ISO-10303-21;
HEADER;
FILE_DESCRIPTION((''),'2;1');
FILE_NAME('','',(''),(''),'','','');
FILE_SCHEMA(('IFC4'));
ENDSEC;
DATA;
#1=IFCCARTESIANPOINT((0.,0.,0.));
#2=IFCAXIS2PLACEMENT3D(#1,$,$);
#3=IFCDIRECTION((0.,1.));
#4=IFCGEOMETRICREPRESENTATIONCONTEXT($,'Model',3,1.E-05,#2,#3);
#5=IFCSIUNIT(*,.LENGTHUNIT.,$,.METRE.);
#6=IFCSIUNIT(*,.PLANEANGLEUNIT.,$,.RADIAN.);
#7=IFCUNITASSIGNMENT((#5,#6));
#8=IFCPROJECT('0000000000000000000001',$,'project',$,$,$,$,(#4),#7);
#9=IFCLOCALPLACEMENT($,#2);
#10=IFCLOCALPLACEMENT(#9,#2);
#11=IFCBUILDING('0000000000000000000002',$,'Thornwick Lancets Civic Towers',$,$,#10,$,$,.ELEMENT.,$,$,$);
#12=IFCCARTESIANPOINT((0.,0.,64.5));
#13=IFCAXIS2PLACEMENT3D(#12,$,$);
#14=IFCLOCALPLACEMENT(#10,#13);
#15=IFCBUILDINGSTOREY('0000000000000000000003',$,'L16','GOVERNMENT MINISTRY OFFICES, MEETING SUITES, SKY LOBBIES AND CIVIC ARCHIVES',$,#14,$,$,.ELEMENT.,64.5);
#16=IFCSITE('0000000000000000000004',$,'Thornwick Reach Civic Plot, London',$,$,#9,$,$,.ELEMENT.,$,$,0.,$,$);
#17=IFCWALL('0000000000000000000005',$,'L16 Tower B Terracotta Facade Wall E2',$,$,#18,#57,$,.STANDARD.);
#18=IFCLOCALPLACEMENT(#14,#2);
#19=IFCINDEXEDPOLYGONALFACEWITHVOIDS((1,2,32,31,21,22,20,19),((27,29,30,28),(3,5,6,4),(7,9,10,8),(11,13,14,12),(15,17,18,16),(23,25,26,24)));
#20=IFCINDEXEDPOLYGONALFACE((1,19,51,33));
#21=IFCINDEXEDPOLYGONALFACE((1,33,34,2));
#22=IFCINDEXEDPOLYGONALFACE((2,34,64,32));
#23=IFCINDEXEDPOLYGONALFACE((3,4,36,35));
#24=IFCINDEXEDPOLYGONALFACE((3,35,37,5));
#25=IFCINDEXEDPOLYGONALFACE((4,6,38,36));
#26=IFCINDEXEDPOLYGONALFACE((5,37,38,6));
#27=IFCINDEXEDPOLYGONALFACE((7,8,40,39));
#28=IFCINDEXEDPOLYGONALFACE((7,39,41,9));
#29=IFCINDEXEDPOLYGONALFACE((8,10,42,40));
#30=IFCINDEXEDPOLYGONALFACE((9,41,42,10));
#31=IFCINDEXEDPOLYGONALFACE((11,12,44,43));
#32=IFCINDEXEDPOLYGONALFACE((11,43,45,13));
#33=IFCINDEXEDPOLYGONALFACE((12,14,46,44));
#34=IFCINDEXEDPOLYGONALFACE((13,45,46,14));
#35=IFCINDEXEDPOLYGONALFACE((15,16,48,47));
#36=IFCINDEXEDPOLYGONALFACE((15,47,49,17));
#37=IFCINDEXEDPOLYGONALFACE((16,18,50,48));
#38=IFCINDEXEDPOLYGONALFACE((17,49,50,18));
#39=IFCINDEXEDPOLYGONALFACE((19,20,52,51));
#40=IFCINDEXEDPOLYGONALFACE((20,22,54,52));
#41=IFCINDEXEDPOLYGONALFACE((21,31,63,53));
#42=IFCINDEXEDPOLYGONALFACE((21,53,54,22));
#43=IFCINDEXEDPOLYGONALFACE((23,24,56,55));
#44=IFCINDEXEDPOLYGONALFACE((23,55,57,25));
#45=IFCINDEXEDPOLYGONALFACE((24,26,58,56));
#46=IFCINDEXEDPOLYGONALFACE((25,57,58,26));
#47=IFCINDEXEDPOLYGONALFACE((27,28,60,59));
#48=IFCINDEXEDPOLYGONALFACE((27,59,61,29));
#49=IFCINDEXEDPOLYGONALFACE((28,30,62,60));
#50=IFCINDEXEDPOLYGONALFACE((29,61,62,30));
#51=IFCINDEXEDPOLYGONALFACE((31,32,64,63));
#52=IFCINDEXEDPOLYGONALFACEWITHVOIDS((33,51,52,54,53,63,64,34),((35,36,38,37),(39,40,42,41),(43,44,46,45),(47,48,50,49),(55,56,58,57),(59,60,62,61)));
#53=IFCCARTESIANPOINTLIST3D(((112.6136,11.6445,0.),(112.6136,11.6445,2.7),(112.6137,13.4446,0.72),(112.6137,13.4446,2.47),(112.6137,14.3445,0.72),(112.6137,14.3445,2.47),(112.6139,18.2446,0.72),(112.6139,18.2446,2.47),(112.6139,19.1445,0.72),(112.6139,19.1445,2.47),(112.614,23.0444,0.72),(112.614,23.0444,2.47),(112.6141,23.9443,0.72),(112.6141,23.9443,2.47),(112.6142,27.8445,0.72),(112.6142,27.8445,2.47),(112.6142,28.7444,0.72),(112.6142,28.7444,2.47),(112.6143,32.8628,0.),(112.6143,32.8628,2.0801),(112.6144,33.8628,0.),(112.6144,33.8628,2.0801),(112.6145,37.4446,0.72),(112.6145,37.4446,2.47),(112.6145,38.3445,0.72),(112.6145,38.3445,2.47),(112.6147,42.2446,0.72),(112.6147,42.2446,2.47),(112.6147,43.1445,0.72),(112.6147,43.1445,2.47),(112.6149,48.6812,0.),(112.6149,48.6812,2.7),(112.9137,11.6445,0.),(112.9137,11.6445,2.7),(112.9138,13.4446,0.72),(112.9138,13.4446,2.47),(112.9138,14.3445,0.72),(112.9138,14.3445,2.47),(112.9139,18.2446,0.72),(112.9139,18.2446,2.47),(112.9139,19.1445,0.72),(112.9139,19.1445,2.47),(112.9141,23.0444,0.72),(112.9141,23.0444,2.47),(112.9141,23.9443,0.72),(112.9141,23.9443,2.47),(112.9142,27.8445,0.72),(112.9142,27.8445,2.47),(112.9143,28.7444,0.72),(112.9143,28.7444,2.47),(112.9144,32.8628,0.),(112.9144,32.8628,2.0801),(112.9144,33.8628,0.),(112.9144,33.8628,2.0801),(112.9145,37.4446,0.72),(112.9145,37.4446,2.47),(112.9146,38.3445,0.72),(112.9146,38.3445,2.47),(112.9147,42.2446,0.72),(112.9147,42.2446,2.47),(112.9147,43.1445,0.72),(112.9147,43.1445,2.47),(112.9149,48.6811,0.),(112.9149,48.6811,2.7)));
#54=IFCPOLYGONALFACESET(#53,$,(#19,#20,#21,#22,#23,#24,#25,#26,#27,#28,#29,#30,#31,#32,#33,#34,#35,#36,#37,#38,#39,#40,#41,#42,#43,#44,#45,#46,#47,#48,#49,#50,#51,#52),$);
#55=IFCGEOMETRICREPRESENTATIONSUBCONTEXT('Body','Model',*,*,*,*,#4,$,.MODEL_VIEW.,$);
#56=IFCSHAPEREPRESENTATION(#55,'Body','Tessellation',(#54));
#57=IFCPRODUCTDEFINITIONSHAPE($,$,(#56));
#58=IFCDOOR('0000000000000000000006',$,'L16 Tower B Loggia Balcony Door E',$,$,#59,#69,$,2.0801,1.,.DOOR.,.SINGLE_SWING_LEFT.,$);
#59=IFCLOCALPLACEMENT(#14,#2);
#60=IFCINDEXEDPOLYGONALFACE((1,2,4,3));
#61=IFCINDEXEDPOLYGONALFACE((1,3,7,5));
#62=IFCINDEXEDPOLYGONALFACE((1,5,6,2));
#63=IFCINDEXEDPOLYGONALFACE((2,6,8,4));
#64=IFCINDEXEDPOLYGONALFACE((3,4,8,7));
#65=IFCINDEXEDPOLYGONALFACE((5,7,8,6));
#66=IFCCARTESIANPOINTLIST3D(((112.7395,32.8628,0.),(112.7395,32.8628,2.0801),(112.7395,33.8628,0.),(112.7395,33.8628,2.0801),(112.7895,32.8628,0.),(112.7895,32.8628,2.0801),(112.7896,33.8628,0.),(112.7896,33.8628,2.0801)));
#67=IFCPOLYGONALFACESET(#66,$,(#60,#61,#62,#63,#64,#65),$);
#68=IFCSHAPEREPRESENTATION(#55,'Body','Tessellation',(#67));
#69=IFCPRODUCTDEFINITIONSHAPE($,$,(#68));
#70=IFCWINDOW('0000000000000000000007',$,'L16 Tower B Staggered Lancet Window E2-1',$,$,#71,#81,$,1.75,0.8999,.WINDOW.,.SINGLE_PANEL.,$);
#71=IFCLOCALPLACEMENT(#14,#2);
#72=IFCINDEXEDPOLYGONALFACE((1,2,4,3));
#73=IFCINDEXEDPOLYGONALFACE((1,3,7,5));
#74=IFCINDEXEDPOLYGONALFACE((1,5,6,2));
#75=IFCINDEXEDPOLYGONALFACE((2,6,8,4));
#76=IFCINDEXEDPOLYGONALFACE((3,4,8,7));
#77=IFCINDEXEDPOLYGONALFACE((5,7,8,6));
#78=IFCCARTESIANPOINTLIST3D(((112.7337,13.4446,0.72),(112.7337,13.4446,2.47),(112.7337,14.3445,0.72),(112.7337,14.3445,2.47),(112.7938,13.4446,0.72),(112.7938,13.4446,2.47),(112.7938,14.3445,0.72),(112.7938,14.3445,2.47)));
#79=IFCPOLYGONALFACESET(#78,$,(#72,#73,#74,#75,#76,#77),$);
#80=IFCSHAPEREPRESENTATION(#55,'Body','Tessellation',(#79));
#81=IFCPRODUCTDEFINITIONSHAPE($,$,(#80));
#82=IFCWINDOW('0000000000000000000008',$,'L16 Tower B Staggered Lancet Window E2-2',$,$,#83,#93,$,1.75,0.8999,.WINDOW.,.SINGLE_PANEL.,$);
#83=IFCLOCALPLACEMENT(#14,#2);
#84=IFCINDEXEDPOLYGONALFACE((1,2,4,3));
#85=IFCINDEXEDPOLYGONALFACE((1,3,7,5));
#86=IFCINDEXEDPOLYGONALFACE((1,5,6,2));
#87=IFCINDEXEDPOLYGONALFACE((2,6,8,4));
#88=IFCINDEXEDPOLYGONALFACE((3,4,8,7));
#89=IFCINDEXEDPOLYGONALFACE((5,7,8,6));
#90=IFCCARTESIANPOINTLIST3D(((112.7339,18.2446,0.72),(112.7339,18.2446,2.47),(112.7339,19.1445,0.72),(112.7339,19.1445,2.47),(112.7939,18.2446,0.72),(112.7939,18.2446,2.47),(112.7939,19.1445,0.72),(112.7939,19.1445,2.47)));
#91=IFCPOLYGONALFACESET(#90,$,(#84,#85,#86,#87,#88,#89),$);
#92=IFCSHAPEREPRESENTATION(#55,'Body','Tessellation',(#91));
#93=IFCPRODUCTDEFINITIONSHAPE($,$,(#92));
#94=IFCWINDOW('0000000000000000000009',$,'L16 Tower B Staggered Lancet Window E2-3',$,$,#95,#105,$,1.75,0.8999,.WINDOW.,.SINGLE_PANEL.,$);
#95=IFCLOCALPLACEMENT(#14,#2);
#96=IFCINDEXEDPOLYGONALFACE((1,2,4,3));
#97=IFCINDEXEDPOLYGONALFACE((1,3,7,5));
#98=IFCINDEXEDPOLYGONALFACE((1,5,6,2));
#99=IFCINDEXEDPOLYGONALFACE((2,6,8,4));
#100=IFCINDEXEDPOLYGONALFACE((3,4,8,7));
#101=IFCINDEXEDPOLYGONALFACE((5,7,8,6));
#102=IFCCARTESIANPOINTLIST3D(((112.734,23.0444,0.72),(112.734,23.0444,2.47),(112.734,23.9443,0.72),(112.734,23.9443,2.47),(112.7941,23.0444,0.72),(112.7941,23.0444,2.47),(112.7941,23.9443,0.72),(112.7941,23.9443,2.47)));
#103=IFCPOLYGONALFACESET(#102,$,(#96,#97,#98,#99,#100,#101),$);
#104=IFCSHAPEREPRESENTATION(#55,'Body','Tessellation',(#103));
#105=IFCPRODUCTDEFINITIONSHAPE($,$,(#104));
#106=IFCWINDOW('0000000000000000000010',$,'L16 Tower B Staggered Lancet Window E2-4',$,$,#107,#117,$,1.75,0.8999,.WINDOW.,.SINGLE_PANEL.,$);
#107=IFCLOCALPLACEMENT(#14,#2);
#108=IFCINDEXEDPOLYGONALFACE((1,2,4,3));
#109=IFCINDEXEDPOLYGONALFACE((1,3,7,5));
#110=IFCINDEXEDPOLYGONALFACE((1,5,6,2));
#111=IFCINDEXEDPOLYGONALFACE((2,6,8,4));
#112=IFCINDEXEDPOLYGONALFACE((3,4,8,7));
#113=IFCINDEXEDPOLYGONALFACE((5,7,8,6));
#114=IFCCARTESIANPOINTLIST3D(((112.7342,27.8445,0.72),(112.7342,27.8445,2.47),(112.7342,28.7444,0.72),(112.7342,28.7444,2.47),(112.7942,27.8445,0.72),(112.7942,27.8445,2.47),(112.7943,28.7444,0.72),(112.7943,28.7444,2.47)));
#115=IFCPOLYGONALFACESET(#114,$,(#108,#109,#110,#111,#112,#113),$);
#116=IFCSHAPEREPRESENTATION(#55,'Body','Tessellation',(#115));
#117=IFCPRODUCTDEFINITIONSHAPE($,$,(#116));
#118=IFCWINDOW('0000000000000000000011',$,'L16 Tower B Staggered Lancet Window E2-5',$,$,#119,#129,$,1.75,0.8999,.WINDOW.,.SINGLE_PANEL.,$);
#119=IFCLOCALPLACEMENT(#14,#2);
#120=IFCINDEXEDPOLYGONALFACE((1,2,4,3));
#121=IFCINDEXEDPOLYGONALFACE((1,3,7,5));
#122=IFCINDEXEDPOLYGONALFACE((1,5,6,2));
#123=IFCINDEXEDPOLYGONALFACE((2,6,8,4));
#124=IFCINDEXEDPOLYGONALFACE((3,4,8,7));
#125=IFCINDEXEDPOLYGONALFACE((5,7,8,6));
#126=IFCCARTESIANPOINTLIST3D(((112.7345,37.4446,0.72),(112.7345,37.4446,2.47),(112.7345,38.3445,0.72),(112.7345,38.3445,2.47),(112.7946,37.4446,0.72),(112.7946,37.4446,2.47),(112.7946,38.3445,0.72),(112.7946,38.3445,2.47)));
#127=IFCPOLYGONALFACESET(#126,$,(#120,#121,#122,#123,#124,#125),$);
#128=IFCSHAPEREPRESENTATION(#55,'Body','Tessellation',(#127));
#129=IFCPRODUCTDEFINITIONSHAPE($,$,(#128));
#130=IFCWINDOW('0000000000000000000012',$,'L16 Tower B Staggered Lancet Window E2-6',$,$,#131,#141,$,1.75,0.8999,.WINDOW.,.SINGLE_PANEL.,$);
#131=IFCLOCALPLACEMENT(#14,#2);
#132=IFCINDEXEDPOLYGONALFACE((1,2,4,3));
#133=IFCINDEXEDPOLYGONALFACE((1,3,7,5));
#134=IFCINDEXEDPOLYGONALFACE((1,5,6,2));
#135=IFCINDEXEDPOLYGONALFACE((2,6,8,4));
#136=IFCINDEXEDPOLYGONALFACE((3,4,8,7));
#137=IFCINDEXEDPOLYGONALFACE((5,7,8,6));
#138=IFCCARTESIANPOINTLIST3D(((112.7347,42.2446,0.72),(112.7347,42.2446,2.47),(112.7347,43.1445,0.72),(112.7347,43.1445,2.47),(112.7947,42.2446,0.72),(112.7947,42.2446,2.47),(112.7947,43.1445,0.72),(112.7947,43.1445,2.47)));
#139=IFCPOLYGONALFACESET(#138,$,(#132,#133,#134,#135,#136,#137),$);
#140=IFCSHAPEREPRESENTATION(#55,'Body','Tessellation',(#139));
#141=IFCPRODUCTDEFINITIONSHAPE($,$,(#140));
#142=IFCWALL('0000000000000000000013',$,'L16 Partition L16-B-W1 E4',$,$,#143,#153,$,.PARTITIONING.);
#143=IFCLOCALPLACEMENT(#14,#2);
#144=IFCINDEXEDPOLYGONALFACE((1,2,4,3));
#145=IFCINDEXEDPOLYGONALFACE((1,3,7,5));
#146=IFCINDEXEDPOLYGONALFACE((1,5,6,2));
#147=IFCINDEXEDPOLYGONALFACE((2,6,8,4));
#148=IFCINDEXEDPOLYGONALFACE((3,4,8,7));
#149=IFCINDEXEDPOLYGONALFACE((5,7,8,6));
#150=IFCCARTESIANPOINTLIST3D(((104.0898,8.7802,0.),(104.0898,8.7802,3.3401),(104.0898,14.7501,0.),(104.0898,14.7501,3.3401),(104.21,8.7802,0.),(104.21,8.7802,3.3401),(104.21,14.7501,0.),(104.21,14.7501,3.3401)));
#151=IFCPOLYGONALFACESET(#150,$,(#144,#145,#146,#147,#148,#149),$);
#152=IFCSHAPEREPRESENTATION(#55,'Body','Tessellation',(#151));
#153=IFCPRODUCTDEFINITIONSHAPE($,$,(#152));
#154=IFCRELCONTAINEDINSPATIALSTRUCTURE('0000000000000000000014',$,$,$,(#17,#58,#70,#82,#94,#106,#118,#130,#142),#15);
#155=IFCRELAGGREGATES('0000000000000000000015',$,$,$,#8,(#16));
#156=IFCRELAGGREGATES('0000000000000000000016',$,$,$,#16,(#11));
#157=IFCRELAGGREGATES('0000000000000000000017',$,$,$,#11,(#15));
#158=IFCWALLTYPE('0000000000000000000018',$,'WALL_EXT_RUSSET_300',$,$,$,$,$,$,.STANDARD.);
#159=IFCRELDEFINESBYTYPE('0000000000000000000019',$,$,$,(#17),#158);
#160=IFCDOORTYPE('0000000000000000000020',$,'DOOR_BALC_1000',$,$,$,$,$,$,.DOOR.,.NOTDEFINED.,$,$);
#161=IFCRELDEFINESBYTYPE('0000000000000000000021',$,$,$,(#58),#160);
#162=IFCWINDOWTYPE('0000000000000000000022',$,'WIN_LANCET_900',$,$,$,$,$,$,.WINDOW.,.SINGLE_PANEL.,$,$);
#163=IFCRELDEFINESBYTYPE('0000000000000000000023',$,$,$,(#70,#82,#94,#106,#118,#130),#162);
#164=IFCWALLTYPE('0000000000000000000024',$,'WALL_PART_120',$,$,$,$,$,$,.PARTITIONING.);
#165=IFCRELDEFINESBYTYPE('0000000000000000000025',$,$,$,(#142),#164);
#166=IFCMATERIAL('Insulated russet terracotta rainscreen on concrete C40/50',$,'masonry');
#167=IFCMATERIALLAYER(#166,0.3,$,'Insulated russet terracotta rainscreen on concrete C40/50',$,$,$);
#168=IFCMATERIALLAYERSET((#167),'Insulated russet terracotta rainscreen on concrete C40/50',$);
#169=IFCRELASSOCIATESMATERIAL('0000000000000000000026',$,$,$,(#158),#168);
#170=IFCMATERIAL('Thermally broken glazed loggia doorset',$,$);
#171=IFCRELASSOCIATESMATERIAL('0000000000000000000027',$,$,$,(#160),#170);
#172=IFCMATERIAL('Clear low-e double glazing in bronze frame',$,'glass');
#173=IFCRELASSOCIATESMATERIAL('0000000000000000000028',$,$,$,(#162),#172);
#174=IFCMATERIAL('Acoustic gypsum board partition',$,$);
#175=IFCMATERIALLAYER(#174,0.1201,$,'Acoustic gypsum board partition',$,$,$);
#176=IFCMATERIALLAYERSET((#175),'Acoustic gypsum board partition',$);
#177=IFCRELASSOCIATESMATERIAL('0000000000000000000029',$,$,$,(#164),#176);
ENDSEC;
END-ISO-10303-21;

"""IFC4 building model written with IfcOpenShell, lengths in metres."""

from ifc_helpers import new_model, si_unit, direction, frame, frame_2d, origin, place, context, subcontext, project, spatial, rectangle, extrude, material, layer, layer_set, type_object, element, fill, save


model = new_model("IFC4")

# Units and contexts
model_context = context("Model", 3, precision=1e-05, world=origin(), true_north=direction((0.0, 1.0)))
body_context = subcontext(model_context, "Body", "Model", "MODEL_VIEW")
ifc_project = project(units=[si_unit("LENGTHUNIT", "METRE"), si_unit("PLANEANGLEUNIT", "RADIAN")], contexts=[model_context])

# Site, building, storey
site_placement = place(None, origin())
site = spatial("IfcSite", under=ifc_project, at=site_placement, Name="Thornwick Reach Civic Plot, London", CompositionType="ELEMENT", RefElevation=0.0)
building_placement = place(site_placement, origin())
building = spatial("IfcBuilding", under=site, at=building_placement, Name="Thornwick Lancets Civic Towers", CompositionType="ELEMENT")
storey_placement = place(building_placement, frame((0.0, 0.0, 64.5)))
storey = spatial("IfcBuildingStorey", under=building, at=storey_placement, Name="L16", Description="GOVERNMENT MINISTRY OFFICES, MEETING SUITES, SKY LOBBIES AND CIVIC ARCHIVES", CompositionType="ELEMENT", Elevation=64.5)

# Wall, openings, door, windows
ifc_material_1 = material(Name="Insulated russet terracotta rainscreen on concrete C40/50", Category="masonry")
ifc_layer_1 = layer(ifc_material_1, 0.3, Name="Insulated russet terracotta rainscreen on concrete C40/50")
ifc_layer_set_1 = layer_set([ifc_layer_1], Name="Insulated russet terracotta rainscreen on concrete C40/50")
wall_type_1 = type_object("IfcWallType", Name="WALL_EXT_RUSSET_300", PredefinedType="STANDARD", material=ifc_layer_set_1)
wall_1_placement = place(storey_placement, frame((112.7637, 11.6445, 0.0), z_axis=(0.0, 0.0, 1.0), x_axis=(0.000033, 1.0, 0.0)))
wall_1 = element("IfcWall", 1, at=wall_1_placement, inside=storey, type_object=wall_type_1, Name="L16 Tower B Terracotta Facade Wall E2", PredefinedType="STANDARD", context=body_context, shape_type="SweptSolid", body=[
    extrude(rectangle(XDim=37.0366, YDim=0.3, at=frame_2d((18.5183, 0.0))), origin(), (0.0, 0.0, 1.0), 2.7),
])
opening_1_placement = place(wall_1_placement, frame((21.2183, 0.0, 0.0)))
opening_1 = element("IfcOpeningElement", 2, at=opening_1_placement, cuts=wall_1, PredefinedType="OPENING", context=body_context, shape_type="SweptSolid", body=[
    extrude(rectangle(XDim=1.0, YDim=2.0801, at=frame_2d((0.5, 1.04))), frame((0.0, 0.1602, 0.0), z_axis=(0.0, -1.0, 0.0), x_axis=(1.0, 0.0, 0.0)), (0.0, 0.0, 1.0), 0.3201),
])
opening_2_placement = place(wall_1_placement, frame((1.8, 0.0, 0.72)))
opening_2 = element("IfcOpeningElement", 3, at=opening_2_placement, cuts=wall_1, PredefinedType="OPENING", context=body_context, shape_type="SweptSolid", body=[
    extrude(rectangle(XDim=0.8999, YDim=1.75, at=frame_2d((0.45, 0.875))), frame((0.0, 0.1602, 0.0), z_axis=(0.0, -1.0, 0.0), x_axis=(1.0, 0.0, 0.0)), (0.0, 0.0, 1.0), 0.3201),
])
opening_3_placement = place(wall_1_placement, frame((6.6001, 0.0, 0.72)))
opening_3 = element("IfcOpeningElement", 4, at=opening_3_placement, cuts=wall_1, PredefinedType="OPENING", context=body_context, shape_type="SweptSolid", body=[
    extrude(rectangle(XDim=0.8999, YDim=1.75, at=frame_2d((0.45, 0.875))), frame((0.0, 0.1602, 0.0), z_axis=(0.0, -1.0, 0.0), x_axis=(1.0, 0.0, 0.0)), (0.0, 0.0, 1.0), 0.3201),
])
opening_4_placement = place(wall_1_placement, frame((11.3999, 0.0, 0.72)))
opening_4 = element("IfcOpeningElement", 5, at=opening_4_placement, cuts=wall_1, PredefinedType="OPENING", context=body_context, shape_type="SweptSolid", body=[
    extrude(rectangle(XDim=0.8999, YDim=1.75, at=frame_2d((0.45, 0.875))), frame((0.0, 0.1602, 0.0), z_axis=(0.0, -1.0, 0.0), x_axis=(1.0, 0.0, 0.0)), (0.0, 0.0, 1.0), 0.3201),
])
opening_5_placement = place(wall_1_placement, frame((16.2, 0.0, 0.72)))
opening_5 = element("IfcOpeningElement", 6, at=opening_5_placement, cuts=wall_1, PredefinedType="OPENING", context=body_context, shape_type="SweptSolid", body=[
    extrude(rectangle(XDim=0.8999, YDim=1.75, at=frame_2d((0.45, 0.875))), frame((0.0, 0.1602, 0.0), z_axis=(0.0, -1.0, 0.0), x_axis=(1.0, 0.0, 0.0)), (0.0, 0.0, 1.0), 0.3201),
])
opening_6_placement = place(wall_1_placement, frame((25.8, 0.0, 0.72)))
opening_6 = element("IfcOpeningElement", 7, at=opening_6_placement, cuts=wall_1, PredefinedType="OPENING", context=body_context, shape_type="SweptSolid", body=[
    extrude(rectangle(XDim=0.8999, YDim=1.75, at=frame_2d((0.45, 0.875))), frame((0.0, 0.1602, 0.0), z_axis=(0.0, -1.0, 0.0), x_axis=(1.0, 0.0, 0.0)), (0.0, 0.0, 1.0), 0.3201),
])
opening_7_placement = place(wall_1_placement, frame((30.6001, 0.0, 0.72)))
opening_7 = element("IfcOpeningElement", 8, at=opening_7_placement, cuts=wall_1, PredefinedType="OPENING", context=body_context, shape_type="SweptSolid", body=[
    extrude(rectangle(XDim=0.8999, YDim=1.75, at=frame_2d((0.45, 0.875))), frame((0.0, 0.1602, 0.0), z_axis=(0.0, -1.0, 0.0), x_axis=(1.0, 0.0, 0.0)), (0.0, 0.0, 1.0), 0.3201),
])
ifc_material_2 = material(Name="Thermally broken glazed loggia doorset")
door_type = type_object("IfcDoorType", Name="DOOR_BALC_1000", OperationType="NOTDEFINED", PredefinedType="DOOR", material=ifc_material_2)
door_placement = place(opening_1_placement, origin())
door = element("IfcDoor", 9, at=door_placement, inside=storey, type_object=door_type, Name="L16 Tower B Loggia Balcony Door E", OperationType="SINGLE_SWING_LEFT", OverallHeight=2.0801, OverallWidth=1.0, PredefinedType="DOOR", context=body_context, shape_type="SweptSolid", body=[
    extrude(rectangle(XDim=1.0, YDim=2.0801, at=frame_2d((0.5, 1.04))), frame((0.0, 0.0249, 0.0), z_axis=(0.0, -1.0, 0.0), x_axis=(1.0, 0.0, 0.0)), (0.0, 0.0, 1.0), 0.05),
])
fill(opening_1, door)
ifc_material_3 = material(Name="Clear low-e double glazing in bronze frame", Category="glass")
window_type = type_object("IfcWindowType", Name="WIN_LANCET_900", PartitioningType="SINGLE_PANEL", PredefinedType="WINDOW", material=ifc_material_3)
window_1_placement = place(opening_2_placement, origin())
window_1 = element("IfcWindow", 10, at=window_1_placement, inside=storey, type_object=window_type, Name="L16 Tower B Staggered Lancet Window E2-1", OverallHeight=1.75, OverallWidth=0.8999, PartitioningType="SINGLE_PANEL", PredefinedType="WINDOW", context=body_context, shape_type="SweptSolid", body=[
    extrude(rectangle(XDim=0.8999, YDim=1.75, at=frame_2d((0.45, 0.875))), frame((0.0, 0.03, 0.0), z_axis=(0.0, -1.0, 0.0), x_axis=(1.0, 0.0, 0.0)), (0.0, 0.0, 1.0), 0.0601),
])
fill(opening_2, window_1)
window_2_placement = place(opening_3_placement, origin())
window_2 = element("IfcWindow", 11, at=window_2_placement, inside=storey, type_object=window_type, Name="L16 Tower B Staggered Lancet Window E2-2", OverallHeight=1.75, OverallWidth=0.8999, PartitioningType="SINGLE_PANEL", PredefinedType="WINDOW", context=body_context, shape_type="SweptSolid", body=[
    extrude(rectangle(XDim=0.8999, YDim=1.75, at=frame_2d((0.45, 0.875))), frame((0.0, 0.03, 0.0), z_axis=(0.0, -1.0, 0.0), x_axis=(1.0, 0.0, 0.0)), (0.0, 0.0, 1.0), 0.0601),
])
fill(opening_3, window_2)
window_3_placement = place(opening_4_placement, origin())
window_3 = element("IfcWindow", 12, at=window_3_placement, inside=storey, type_object=window_type, Name="L16 Tower B Staggered Lancet Window E2-3", OverallHeight=1.75, OverallWidth=0.8999, PartitioningType="SINGLE_PANEL", PredefinedType="WINDOW", context=body_context, shape_type="SweptSolid", body=[
    extrude(rectangle(XDim=0.8999, YDim=1.75, at=frame_2d((0.45, 0.875))), frame((0.0, 0.03, 0.0), z_axis=(0.0, -1.0, 0.0), x_axis=(1.0, 0.0, 0.0)), (0.0, 0.0, 1.0), 0.0601),
])
fill(opening_4, window_3)
window_4_placement = place(opening_5_placement, origin())
window_4 = element("IfcWindow", 13, at=window_4_placement, inside=storey, type_object=window_type, Name="L16 Tower B Staggered Lancet Window E2-4", OverallHeight=1.75, OverallWidth=0.8999, PartitioningType="SINGLE_PANEL", PredefinedType="WINDOW", context=body_context, shape_type="SweptSolid", body=[
    extrude(rectangle(XDim=0.8999, YDim=1.75, at=frame_2d((0.45, 0.875))), frame((0.0, 0.03, 0.0), z_axis=(0.0, -1.0, 0.0), x_axis=(1.0, 0.0, 0.0)), (0.0, 0.0, 1.0), 0.0601),
])
fill(opening_5, window_4)
window_5_placement = place(opening_6_placement, origin())
window_5 = element("IfcWindow", 14, at=window_5_placement, inside=storey, type_object=window_type, Name="L16 Tower B Staggered Lancet Window E2-5", OverallHeight=1.75, OverallWidth=0.8999, PartitioningType="SINGLE_PANEL", PredefinedType="WINDOW", context=body_context, shape_type="SweptSolid", body=[
    extrude(rectangle(XDim=0.8999, YDim=1.75, at=frame_2d((0.45, 0.875))), frame((0.0, 0.03, 0.0), z_axis=(0.0, -1.0, 0.0), x_axis=(1.0, 0.0, 0.0)), (0.0, 0.0, 1.0), 0.0601),
])
fill(opening_6, window_5)
window_6_placement = place(opening_7_placement, origin())
window_6 = element("IfcWindow", 15, at=window_6_placement, inside=storey, type_object=window_type, Name="L16 Tower B Staggered Lancet Window E2-6", OverallHeight=1.75, OverallWidth=0.8999, PartitioningType="SINGLE_PANEL", PredefinedType="WINDOW", context=body_context, shape_type="SweptSolid", body=[
    extrude(rectangle(XDim=0.8999, YDim=1.75, at=frame_2d((0.45, 0.875))), frame((0.0, 0.03, 0.0), z_axis=(0.0, -1.0, 0.0), x_axis=(1.0, 0.0, 0.0)), (0.0, 0.0, 1.0), 0.0601),
])
fill(opening_7, window_6)

# Wall
ifc_material_4 = material(Name="Acoustic gypsum board partition")
ifc_layer_2 = layer(ifc_material_4, 0.1201, Name="Acoustic gypsum board partition")
ifc_layer_set_2 = layer_set([ifc_layer_2], Name="Acoustic gypsum board partition")
wall_type_2 = type_object("IfcWallType", Name="WALL_PART_120", PredefinedType="PARTITIONING", material=ifc_layer_set_2)
wall_2_placement = place(storey_placement, frame((104.1499, 14.75, 0.0), z_axis=(0.0, 0.0, 1.0), x_axis=(0.0, -1.0, 0.0)))
element("IfcWall", 16, at=wall_2_placement, inside=storey, type_object=wall_type_2, Name="L16 Partition L16-B-W1 E4", PredefinedType="PARTITIONING", context=body_context, shape_type="SweptSolid", body=[
    extrude(rectangle(XDim=5.97, YDim=0.1201, at=frame_2d((2.9849, 0.0))), origin(), (0.0, 0.0, 1.0), 3.3401),
])

save(model, "model.ifc")
